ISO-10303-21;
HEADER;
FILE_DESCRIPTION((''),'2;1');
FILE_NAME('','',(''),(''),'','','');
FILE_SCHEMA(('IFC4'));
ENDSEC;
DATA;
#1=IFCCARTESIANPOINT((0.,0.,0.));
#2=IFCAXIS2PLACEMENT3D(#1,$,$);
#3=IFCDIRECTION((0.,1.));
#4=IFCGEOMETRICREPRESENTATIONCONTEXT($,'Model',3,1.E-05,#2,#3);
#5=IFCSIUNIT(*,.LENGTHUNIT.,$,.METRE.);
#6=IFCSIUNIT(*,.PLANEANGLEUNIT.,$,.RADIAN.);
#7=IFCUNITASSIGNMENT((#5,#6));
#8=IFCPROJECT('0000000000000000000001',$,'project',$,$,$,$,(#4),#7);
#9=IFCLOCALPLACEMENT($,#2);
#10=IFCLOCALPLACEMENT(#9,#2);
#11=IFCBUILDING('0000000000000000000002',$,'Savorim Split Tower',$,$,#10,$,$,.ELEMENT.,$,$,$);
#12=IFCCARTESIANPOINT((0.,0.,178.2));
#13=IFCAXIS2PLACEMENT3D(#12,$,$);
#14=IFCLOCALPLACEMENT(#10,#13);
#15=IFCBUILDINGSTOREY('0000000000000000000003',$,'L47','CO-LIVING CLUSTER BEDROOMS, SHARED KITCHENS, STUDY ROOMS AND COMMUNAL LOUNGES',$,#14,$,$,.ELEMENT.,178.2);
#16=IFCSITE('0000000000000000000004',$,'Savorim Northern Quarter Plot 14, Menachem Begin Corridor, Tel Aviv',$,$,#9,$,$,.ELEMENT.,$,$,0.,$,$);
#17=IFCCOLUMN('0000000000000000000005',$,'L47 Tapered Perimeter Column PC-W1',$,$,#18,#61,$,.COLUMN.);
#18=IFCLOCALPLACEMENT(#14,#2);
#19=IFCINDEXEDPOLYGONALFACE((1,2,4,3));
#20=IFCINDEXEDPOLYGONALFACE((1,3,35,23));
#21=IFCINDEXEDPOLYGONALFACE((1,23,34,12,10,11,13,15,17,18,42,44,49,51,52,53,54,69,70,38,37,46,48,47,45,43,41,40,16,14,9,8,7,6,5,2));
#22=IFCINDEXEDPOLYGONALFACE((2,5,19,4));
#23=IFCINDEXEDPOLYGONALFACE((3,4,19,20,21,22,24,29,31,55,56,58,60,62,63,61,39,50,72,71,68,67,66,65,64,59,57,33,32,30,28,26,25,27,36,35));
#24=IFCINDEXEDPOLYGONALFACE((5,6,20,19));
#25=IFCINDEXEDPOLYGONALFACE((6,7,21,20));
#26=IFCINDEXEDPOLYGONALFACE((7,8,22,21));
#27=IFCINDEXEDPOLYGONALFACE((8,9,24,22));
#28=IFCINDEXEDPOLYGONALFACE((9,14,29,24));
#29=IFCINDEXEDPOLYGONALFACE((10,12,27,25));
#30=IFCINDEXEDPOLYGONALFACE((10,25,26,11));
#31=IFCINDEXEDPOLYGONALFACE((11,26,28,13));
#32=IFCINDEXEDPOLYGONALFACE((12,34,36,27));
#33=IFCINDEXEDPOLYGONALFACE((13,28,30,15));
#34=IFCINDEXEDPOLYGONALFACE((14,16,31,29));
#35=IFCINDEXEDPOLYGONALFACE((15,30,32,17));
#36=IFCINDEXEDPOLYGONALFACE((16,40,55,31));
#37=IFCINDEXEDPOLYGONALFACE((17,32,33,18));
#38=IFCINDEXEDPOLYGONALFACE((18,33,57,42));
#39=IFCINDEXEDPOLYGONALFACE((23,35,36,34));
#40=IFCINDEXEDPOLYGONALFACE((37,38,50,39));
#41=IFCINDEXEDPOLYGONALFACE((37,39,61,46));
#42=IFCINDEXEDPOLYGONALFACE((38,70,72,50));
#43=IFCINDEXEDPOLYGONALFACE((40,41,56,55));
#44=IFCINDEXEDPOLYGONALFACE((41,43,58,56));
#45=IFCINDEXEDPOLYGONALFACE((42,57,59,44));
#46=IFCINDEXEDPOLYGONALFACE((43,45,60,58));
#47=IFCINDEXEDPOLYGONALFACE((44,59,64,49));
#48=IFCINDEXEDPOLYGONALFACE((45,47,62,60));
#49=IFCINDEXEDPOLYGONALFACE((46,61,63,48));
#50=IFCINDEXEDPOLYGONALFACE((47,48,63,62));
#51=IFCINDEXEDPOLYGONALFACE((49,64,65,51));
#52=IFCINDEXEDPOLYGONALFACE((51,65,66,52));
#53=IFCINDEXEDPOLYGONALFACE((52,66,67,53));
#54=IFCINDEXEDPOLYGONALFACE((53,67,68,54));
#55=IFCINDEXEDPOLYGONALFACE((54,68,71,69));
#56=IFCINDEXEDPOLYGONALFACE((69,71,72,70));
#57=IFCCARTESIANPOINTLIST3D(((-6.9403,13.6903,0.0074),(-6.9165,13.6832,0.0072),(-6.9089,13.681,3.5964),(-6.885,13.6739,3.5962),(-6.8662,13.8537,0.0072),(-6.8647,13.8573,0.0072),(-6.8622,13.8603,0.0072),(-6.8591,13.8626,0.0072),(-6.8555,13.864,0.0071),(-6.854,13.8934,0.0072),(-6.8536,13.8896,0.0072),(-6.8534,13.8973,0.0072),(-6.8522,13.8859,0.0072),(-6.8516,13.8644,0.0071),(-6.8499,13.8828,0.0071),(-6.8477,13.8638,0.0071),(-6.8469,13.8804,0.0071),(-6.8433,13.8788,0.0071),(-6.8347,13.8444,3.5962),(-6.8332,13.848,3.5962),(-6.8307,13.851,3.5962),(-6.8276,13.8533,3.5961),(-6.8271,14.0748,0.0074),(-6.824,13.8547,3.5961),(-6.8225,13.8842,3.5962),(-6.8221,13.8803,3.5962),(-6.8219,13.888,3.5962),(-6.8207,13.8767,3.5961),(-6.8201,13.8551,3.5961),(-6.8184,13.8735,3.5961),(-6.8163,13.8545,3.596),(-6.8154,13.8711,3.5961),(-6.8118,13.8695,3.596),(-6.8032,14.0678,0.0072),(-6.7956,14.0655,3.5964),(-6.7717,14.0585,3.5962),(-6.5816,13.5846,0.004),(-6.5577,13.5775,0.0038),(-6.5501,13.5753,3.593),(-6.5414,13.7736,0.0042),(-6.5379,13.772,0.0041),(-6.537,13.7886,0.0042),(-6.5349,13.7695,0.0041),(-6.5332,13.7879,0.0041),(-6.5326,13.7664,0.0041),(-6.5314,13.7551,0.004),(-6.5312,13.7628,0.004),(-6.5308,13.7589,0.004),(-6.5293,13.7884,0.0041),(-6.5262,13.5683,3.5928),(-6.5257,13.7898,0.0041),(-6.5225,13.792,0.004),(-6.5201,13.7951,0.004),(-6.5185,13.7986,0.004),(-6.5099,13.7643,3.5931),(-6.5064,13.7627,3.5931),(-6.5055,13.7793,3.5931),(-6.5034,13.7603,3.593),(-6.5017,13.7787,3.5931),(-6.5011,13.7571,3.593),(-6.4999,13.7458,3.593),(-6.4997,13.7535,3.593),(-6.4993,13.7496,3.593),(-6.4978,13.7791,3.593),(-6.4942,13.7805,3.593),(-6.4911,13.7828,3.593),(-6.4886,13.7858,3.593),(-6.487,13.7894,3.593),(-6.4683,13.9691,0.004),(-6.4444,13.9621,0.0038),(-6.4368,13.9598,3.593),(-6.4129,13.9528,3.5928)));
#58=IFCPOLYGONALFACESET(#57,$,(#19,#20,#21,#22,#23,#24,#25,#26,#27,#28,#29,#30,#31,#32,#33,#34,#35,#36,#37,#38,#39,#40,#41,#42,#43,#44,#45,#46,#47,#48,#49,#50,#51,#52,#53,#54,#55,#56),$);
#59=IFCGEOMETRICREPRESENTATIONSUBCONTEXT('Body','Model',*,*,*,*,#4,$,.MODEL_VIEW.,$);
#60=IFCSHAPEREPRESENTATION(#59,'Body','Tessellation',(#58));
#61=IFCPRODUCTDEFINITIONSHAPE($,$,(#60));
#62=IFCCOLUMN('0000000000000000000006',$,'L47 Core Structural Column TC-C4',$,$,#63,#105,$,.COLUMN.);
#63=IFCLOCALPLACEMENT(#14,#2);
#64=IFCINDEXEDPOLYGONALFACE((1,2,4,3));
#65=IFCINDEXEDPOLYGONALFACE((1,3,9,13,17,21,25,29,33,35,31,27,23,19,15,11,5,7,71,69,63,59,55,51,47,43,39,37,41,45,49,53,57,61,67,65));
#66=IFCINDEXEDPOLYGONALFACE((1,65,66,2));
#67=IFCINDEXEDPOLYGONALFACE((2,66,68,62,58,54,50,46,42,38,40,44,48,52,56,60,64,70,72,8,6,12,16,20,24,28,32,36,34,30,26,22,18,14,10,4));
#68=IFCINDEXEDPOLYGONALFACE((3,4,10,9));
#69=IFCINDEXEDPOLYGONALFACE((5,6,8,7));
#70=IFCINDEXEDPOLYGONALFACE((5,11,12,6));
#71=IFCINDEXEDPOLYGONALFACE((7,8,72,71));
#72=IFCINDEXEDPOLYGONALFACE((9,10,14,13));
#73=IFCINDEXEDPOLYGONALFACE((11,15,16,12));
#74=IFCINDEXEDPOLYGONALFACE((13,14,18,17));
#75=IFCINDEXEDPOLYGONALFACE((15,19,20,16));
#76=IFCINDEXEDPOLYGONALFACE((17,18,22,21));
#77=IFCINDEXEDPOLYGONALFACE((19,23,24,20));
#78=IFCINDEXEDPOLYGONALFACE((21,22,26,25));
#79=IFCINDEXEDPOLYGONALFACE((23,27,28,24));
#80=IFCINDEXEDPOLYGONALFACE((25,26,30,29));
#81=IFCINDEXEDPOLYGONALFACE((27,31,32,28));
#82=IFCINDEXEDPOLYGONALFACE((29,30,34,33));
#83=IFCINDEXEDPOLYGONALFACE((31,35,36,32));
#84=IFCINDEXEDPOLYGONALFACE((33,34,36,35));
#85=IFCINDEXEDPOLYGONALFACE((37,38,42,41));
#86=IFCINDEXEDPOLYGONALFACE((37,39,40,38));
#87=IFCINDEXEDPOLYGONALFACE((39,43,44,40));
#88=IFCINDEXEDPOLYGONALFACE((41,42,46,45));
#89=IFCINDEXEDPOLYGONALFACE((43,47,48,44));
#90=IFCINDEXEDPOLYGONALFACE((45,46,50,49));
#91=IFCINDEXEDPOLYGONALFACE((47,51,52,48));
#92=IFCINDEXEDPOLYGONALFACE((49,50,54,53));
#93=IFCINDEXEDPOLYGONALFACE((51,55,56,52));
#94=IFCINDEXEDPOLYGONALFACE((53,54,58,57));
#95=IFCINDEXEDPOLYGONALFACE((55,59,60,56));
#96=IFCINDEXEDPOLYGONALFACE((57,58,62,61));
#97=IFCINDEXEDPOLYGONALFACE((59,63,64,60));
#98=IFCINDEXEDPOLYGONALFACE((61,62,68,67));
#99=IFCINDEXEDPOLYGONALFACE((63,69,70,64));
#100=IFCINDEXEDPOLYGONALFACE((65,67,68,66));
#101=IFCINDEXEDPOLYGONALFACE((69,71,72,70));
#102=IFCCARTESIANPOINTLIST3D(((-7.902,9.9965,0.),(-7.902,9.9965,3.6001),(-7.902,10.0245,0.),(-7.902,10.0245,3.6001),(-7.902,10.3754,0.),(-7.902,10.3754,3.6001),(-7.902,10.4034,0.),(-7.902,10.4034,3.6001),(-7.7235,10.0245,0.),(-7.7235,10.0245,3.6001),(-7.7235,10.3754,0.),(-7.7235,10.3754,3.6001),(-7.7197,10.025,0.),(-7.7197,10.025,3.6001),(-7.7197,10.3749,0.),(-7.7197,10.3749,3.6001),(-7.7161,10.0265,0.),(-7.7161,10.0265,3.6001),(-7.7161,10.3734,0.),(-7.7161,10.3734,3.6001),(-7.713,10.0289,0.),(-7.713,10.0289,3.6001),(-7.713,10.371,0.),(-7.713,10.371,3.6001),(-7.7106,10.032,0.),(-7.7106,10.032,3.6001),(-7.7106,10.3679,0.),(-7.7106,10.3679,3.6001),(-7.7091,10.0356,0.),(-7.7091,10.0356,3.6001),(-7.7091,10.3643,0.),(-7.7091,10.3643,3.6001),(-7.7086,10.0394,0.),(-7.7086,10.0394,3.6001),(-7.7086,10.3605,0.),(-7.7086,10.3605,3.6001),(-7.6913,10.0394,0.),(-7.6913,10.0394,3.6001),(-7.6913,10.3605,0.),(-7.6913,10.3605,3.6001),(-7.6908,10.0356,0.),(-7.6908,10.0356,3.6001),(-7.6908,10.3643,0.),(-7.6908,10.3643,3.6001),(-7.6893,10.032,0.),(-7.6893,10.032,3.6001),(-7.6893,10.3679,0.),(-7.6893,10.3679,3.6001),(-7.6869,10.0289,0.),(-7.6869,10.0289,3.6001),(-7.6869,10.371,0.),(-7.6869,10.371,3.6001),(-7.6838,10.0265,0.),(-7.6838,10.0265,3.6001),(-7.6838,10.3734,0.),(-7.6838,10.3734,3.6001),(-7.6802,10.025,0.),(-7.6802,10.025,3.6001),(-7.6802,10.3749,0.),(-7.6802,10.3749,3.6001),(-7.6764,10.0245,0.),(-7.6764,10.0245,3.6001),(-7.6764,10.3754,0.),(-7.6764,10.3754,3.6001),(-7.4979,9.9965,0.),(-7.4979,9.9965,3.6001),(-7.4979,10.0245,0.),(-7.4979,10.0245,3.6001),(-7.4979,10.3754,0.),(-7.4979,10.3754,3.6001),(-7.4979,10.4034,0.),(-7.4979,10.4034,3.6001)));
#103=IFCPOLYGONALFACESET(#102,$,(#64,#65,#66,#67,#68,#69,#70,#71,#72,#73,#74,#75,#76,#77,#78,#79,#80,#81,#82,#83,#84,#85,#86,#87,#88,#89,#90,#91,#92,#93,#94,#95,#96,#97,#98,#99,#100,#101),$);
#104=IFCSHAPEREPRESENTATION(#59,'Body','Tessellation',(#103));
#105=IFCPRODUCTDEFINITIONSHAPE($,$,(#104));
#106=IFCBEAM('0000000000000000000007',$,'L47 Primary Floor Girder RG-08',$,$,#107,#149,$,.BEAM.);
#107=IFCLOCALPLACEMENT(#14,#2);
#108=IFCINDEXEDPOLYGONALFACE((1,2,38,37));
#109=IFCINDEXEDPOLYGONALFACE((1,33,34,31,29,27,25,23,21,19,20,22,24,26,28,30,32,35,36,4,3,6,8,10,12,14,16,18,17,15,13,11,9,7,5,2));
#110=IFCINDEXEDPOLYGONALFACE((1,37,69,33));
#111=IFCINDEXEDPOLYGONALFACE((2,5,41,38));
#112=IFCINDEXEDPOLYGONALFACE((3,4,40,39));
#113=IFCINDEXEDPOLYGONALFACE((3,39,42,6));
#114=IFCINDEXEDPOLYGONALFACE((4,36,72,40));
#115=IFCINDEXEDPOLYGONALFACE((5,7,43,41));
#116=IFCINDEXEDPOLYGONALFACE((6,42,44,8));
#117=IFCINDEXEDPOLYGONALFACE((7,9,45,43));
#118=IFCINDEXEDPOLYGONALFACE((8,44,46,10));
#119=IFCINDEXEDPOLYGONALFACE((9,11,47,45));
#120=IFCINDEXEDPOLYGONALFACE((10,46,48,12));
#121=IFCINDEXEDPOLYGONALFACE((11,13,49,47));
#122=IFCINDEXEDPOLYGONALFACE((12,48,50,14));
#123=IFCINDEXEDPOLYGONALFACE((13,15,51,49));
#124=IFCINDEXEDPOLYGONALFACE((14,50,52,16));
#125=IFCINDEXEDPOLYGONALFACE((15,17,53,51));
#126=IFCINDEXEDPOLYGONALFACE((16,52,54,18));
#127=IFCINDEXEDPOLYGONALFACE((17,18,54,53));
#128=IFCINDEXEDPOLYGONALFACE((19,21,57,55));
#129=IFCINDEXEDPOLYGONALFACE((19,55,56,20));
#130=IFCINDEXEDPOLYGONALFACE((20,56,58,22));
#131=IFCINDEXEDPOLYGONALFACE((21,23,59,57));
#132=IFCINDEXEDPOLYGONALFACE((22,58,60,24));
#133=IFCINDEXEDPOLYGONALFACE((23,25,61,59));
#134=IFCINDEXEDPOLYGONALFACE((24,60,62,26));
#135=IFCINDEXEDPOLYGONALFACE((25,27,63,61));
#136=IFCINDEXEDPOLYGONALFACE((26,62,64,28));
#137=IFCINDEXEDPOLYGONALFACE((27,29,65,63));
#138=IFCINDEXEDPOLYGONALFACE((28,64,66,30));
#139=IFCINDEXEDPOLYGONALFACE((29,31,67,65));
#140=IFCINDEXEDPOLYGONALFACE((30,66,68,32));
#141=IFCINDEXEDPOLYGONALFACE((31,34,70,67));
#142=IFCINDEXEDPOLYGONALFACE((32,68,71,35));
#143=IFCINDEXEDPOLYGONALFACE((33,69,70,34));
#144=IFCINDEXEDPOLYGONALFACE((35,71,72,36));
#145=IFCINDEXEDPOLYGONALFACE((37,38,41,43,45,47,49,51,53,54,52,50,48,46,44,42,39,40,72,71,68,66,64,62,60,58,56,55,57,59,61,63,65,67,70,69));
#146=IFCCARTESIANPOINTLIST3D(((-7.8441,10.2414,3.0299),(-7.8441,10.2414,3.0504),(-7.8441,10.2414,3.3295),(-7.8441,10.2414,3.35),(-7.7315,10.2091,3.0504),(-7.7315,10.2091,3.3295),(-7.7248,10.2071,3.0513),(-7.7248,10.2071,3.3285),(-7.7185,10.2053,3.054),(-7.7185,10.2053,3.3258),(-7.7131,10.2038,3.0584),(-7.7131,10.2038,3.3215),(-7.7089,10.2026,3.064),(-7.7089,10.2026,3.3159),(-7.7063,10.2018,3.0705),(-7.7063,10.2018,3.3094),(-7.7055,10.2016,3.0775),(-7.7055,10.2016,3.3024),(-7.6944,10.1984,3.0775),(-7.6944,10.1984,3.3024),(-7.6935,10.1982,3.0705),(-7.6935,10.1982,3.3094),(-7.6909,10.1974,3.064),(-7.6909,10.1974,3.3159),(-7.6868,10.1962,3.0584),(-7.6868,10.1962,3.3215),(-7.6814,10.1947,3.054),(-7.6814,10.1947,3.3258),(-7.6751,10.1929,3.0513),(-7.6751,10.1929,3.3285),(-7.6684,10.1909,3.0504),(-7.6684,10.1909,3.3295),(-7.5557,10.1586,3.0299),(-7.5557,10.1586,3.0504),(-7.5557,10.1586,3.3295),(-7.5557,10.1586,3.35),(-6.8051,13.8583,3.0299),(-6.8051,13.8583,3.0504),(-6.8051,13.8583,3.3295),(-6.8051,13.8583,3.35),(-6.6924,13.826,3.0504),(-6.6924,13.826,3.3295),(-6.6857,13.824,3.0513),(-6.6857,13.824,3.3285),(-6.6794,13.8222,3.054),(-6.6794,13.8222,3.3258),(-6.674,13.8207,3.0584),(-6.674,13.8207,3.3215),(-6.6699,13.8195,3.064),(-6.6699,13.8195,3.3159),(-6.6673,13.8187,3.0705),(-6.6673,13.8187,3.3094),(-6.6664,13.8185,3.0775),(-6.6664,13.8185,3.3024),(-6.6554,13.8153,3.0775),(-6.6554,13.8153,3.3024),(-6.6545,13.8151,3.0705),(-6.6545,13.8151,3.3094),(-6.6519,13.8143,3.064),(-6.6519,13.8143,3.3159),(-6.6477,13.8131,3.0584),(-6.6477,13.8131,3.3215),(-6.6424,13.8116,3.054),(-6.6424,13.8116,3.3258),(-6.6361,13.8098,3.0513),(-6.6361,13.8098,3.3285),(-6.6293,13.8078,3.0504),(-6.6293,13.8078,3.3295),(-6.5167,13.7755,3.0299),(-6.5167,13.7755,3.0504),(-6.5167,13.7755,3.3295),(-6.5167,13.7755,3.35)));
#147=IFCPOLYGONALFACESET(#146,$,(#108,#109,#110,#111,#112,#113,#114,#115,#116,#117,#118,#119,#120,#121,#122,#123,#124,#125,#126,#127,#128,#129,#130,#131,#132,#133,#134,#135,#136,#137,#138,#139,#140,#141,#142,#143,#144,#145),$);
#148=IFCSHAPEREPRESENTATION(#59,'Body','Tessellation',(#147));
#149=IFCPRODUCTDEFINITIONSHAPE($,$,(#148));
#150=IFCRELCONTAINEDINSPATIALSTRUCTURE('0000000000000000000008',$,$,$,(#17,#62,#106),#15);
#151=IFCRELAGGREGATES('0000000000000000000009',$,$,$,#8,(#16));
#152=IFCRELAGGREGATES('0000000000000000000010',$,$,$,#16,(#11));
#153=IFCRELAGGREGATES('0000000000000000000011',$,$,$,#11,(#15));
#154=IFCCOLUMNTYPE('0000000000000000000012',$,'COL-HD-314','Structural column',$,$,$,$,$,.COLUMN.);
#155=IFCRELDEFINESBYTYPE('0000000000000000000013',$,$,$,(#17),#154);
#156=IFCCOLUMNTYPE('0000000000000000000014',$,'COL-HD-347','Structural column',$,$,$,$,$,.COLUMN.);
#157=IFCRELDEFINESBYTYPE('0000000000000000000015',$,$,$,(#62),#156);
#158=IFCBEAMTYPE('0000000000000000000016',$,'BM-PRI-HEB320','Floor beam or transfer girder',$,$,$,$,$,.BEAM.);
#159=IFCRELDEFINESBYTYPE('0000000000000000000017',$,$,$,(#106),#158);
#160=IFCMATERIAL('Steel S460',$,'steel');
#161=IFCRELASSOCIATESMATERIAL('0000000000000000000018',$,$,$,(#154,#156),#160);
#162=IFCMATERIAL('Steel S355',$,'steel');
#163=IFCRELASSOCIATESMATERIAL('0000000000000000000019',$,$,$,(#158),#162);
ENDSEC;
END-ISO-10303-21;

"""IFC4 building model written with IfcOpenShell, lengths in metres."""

from ifc_helpers import new_model, si_unit, direction, frame, origin, origin_2d, place, context, subcontext, project, spatial, i_section, extrude, material, material_profile, profile_set, type_object, element, save


model = new_model("IFC4")

# Units and contexts
model_context = context("Model", 3, precision=1e-05, world=origin(), true_north=direction((0.0, 1.0)))
body_context = subcontext(model_context, "Body", "Model", "MODEL_VIEW")
ifc_project = project(units=[si_unit("LENGTHUNIT", "METRE"), si_unit("PLANEANGLEUNIT", "RADIAN")], contexts=[model_context])

# Site, building, storey
site_placement = place(None, origin())
site = spatial("IfcSite", under=ifc_project, at=site_placement, Name="Savorim Northern Quarter Plot 14, Menachem Begin Corridor, Tel Aviv", CompositionType="ELEMENT", RefElevation=0.0)
building_placement = place(site_placement, origin())
building = spatial("IfcBuilding", under=site, at=building_placement, Name="Savorim Split Tower", CompositionType="ELEMENT")
storey_placement = place(building_placement, frame((0.0, 0.0, 178.2)))
storey = spatial("IfcBuildingStorey", under=building, at=storey_placement, Name="L47", Description="CO-LIVING CLUSTER BEDROOMS, SHARED KITCHENS, STUDY ROOMS AND COMMUNAL LOUNGES", CompositionType="ELEMENT", Elevation=178.2)

# Columns
ifc_material_1 = material(Name="Steel S460", Category="steel")
ifc_material_profile_1 = material_profile(ifc_material_1, i_section(OverallWidth=0.4009, OverallDepth=0.3989, WebThickness=0.0156, FlangeThickness=0.0249, FilletRadius=0.0149, at=origin_2d()), Name="HD 400x314")
ifc_profile_set_1 = profile_set([ifc_material_profile_1], Name="Steel S460")
column_type_1 = type_object("IfcColumnType", Name="COL-HD-314", Description="Structural column", PredefinedType="COLUMN", material=ifc_profile_set_1)
column_1_placement = place(storey_placement, frame((-6.6924, 13.8262, 0.0056), z_axis=(0.008775, -0.002585, 0.999958), x_axis=(0.282569, 0.959247, 0.0)))
element("IfcColumn", 1, at=column_1_placement, inside=storey, type_object=column_type_1, Name="L47 Tapered Perimeter Column PC-W1", PredefinedType="COLUMN", context=body_context, shape_type="SweptSolid", body=[
    extrude(i_section(OverallWidth=0.4009, OverallDepth=0.3989, WebThickness=0.0156, FlangeThickness=0.0249, FilletRadius=0.0149, at=origin_2d()), origin(), (0.0, 0.0, 1.0), 3.5891),
])
ifc_material_profile_2 = material_profile(ifc_material_1, i_section(OverallWidth=0.4041, OverallDepth=0.407, WebThickness=0.0173, FlangeThickness=0.0281, FilletRadius=0.0149, at=origin_2d()), Name="HD 400x347")
ifc_profile_set_2 = profile_set([ifc_material_profile_2], Name="Steel S460")
column_type_2 = type_object("IfcColumnType", Name="COL-HD-347", Description="Structural column", PredefinedType="COLUMN", material=ifc_profile_set_2)
column_2_placement = place(storey_placement, frame((-7.7, 10.2, 0.0), z_axis=(0.0, 0.0, 1.0), x_axis=(1.0, 0.0, 0.0)))
element("IfcColumn", 2, at=column_2_placement, inside=storey, type_object=column_type_2, Name="L47 Core Structural Column TC-C4", PredefinedType="COLUMN", context=body_context, shape_type="SweptSolid", body=[
    extrude(i_section(OverallWidth=0.4041, OverallDepth=0.407, WebThickness=0.0173, FlangeThickness=0.0281, FilletRadius=0.0149, at=origin_2d()), origin(), (0.0, 0.0, 1.0), 3.6001),
])

# Beam
ifc_material_2 = material(Name="Steel S355", Category="steel")
ifc_material_profile_3 = material_profile(ifc_material_2, i_section(OverallWidth=0.3, OverallDepth=0.3201, WebThickness=0.0115, FlangeThickness=0.0205, FilletRadius=0.0271, at=origin_2d()), Name="HEB 320")
ifc_profile_set_3 = profile_set([ifc_material_profile_3], Name="Steel S355")
beam_type_1 = type_object("IfcBeamType", Name="BM-PRI-HEB320", Description="Floor beam or transfer girder", PredefinedType="BEAM", material=ifc_profile_set_3)
beam_1_placement = place(storey_placement, frame((-6.6609, 13.8169, 3.1899), z_axis=(-0.276109, -0.961126, 0.0), x_axis=(0.961126, -0.276109, 0.0)))
element("IfcBeam", 3, at=beam_1_placement, inside=storey, type_object=beam_type_1, Name="L47 Primary Floor Girder RG-08", PredefinedType="BEAM", context=body_context, shape_type="SweptSolid", body=[
    extrude(i_section(OverallWidth=0.3, OverallDepth=0.3201, WebThickness=0.0115, FlangeThickness=0.0205, FilletRadius=0.0271, at=origin_2d()), origin(), (0.0, 0.0, 1.0), 3.7632),
])

save(model, "model.ifc")
